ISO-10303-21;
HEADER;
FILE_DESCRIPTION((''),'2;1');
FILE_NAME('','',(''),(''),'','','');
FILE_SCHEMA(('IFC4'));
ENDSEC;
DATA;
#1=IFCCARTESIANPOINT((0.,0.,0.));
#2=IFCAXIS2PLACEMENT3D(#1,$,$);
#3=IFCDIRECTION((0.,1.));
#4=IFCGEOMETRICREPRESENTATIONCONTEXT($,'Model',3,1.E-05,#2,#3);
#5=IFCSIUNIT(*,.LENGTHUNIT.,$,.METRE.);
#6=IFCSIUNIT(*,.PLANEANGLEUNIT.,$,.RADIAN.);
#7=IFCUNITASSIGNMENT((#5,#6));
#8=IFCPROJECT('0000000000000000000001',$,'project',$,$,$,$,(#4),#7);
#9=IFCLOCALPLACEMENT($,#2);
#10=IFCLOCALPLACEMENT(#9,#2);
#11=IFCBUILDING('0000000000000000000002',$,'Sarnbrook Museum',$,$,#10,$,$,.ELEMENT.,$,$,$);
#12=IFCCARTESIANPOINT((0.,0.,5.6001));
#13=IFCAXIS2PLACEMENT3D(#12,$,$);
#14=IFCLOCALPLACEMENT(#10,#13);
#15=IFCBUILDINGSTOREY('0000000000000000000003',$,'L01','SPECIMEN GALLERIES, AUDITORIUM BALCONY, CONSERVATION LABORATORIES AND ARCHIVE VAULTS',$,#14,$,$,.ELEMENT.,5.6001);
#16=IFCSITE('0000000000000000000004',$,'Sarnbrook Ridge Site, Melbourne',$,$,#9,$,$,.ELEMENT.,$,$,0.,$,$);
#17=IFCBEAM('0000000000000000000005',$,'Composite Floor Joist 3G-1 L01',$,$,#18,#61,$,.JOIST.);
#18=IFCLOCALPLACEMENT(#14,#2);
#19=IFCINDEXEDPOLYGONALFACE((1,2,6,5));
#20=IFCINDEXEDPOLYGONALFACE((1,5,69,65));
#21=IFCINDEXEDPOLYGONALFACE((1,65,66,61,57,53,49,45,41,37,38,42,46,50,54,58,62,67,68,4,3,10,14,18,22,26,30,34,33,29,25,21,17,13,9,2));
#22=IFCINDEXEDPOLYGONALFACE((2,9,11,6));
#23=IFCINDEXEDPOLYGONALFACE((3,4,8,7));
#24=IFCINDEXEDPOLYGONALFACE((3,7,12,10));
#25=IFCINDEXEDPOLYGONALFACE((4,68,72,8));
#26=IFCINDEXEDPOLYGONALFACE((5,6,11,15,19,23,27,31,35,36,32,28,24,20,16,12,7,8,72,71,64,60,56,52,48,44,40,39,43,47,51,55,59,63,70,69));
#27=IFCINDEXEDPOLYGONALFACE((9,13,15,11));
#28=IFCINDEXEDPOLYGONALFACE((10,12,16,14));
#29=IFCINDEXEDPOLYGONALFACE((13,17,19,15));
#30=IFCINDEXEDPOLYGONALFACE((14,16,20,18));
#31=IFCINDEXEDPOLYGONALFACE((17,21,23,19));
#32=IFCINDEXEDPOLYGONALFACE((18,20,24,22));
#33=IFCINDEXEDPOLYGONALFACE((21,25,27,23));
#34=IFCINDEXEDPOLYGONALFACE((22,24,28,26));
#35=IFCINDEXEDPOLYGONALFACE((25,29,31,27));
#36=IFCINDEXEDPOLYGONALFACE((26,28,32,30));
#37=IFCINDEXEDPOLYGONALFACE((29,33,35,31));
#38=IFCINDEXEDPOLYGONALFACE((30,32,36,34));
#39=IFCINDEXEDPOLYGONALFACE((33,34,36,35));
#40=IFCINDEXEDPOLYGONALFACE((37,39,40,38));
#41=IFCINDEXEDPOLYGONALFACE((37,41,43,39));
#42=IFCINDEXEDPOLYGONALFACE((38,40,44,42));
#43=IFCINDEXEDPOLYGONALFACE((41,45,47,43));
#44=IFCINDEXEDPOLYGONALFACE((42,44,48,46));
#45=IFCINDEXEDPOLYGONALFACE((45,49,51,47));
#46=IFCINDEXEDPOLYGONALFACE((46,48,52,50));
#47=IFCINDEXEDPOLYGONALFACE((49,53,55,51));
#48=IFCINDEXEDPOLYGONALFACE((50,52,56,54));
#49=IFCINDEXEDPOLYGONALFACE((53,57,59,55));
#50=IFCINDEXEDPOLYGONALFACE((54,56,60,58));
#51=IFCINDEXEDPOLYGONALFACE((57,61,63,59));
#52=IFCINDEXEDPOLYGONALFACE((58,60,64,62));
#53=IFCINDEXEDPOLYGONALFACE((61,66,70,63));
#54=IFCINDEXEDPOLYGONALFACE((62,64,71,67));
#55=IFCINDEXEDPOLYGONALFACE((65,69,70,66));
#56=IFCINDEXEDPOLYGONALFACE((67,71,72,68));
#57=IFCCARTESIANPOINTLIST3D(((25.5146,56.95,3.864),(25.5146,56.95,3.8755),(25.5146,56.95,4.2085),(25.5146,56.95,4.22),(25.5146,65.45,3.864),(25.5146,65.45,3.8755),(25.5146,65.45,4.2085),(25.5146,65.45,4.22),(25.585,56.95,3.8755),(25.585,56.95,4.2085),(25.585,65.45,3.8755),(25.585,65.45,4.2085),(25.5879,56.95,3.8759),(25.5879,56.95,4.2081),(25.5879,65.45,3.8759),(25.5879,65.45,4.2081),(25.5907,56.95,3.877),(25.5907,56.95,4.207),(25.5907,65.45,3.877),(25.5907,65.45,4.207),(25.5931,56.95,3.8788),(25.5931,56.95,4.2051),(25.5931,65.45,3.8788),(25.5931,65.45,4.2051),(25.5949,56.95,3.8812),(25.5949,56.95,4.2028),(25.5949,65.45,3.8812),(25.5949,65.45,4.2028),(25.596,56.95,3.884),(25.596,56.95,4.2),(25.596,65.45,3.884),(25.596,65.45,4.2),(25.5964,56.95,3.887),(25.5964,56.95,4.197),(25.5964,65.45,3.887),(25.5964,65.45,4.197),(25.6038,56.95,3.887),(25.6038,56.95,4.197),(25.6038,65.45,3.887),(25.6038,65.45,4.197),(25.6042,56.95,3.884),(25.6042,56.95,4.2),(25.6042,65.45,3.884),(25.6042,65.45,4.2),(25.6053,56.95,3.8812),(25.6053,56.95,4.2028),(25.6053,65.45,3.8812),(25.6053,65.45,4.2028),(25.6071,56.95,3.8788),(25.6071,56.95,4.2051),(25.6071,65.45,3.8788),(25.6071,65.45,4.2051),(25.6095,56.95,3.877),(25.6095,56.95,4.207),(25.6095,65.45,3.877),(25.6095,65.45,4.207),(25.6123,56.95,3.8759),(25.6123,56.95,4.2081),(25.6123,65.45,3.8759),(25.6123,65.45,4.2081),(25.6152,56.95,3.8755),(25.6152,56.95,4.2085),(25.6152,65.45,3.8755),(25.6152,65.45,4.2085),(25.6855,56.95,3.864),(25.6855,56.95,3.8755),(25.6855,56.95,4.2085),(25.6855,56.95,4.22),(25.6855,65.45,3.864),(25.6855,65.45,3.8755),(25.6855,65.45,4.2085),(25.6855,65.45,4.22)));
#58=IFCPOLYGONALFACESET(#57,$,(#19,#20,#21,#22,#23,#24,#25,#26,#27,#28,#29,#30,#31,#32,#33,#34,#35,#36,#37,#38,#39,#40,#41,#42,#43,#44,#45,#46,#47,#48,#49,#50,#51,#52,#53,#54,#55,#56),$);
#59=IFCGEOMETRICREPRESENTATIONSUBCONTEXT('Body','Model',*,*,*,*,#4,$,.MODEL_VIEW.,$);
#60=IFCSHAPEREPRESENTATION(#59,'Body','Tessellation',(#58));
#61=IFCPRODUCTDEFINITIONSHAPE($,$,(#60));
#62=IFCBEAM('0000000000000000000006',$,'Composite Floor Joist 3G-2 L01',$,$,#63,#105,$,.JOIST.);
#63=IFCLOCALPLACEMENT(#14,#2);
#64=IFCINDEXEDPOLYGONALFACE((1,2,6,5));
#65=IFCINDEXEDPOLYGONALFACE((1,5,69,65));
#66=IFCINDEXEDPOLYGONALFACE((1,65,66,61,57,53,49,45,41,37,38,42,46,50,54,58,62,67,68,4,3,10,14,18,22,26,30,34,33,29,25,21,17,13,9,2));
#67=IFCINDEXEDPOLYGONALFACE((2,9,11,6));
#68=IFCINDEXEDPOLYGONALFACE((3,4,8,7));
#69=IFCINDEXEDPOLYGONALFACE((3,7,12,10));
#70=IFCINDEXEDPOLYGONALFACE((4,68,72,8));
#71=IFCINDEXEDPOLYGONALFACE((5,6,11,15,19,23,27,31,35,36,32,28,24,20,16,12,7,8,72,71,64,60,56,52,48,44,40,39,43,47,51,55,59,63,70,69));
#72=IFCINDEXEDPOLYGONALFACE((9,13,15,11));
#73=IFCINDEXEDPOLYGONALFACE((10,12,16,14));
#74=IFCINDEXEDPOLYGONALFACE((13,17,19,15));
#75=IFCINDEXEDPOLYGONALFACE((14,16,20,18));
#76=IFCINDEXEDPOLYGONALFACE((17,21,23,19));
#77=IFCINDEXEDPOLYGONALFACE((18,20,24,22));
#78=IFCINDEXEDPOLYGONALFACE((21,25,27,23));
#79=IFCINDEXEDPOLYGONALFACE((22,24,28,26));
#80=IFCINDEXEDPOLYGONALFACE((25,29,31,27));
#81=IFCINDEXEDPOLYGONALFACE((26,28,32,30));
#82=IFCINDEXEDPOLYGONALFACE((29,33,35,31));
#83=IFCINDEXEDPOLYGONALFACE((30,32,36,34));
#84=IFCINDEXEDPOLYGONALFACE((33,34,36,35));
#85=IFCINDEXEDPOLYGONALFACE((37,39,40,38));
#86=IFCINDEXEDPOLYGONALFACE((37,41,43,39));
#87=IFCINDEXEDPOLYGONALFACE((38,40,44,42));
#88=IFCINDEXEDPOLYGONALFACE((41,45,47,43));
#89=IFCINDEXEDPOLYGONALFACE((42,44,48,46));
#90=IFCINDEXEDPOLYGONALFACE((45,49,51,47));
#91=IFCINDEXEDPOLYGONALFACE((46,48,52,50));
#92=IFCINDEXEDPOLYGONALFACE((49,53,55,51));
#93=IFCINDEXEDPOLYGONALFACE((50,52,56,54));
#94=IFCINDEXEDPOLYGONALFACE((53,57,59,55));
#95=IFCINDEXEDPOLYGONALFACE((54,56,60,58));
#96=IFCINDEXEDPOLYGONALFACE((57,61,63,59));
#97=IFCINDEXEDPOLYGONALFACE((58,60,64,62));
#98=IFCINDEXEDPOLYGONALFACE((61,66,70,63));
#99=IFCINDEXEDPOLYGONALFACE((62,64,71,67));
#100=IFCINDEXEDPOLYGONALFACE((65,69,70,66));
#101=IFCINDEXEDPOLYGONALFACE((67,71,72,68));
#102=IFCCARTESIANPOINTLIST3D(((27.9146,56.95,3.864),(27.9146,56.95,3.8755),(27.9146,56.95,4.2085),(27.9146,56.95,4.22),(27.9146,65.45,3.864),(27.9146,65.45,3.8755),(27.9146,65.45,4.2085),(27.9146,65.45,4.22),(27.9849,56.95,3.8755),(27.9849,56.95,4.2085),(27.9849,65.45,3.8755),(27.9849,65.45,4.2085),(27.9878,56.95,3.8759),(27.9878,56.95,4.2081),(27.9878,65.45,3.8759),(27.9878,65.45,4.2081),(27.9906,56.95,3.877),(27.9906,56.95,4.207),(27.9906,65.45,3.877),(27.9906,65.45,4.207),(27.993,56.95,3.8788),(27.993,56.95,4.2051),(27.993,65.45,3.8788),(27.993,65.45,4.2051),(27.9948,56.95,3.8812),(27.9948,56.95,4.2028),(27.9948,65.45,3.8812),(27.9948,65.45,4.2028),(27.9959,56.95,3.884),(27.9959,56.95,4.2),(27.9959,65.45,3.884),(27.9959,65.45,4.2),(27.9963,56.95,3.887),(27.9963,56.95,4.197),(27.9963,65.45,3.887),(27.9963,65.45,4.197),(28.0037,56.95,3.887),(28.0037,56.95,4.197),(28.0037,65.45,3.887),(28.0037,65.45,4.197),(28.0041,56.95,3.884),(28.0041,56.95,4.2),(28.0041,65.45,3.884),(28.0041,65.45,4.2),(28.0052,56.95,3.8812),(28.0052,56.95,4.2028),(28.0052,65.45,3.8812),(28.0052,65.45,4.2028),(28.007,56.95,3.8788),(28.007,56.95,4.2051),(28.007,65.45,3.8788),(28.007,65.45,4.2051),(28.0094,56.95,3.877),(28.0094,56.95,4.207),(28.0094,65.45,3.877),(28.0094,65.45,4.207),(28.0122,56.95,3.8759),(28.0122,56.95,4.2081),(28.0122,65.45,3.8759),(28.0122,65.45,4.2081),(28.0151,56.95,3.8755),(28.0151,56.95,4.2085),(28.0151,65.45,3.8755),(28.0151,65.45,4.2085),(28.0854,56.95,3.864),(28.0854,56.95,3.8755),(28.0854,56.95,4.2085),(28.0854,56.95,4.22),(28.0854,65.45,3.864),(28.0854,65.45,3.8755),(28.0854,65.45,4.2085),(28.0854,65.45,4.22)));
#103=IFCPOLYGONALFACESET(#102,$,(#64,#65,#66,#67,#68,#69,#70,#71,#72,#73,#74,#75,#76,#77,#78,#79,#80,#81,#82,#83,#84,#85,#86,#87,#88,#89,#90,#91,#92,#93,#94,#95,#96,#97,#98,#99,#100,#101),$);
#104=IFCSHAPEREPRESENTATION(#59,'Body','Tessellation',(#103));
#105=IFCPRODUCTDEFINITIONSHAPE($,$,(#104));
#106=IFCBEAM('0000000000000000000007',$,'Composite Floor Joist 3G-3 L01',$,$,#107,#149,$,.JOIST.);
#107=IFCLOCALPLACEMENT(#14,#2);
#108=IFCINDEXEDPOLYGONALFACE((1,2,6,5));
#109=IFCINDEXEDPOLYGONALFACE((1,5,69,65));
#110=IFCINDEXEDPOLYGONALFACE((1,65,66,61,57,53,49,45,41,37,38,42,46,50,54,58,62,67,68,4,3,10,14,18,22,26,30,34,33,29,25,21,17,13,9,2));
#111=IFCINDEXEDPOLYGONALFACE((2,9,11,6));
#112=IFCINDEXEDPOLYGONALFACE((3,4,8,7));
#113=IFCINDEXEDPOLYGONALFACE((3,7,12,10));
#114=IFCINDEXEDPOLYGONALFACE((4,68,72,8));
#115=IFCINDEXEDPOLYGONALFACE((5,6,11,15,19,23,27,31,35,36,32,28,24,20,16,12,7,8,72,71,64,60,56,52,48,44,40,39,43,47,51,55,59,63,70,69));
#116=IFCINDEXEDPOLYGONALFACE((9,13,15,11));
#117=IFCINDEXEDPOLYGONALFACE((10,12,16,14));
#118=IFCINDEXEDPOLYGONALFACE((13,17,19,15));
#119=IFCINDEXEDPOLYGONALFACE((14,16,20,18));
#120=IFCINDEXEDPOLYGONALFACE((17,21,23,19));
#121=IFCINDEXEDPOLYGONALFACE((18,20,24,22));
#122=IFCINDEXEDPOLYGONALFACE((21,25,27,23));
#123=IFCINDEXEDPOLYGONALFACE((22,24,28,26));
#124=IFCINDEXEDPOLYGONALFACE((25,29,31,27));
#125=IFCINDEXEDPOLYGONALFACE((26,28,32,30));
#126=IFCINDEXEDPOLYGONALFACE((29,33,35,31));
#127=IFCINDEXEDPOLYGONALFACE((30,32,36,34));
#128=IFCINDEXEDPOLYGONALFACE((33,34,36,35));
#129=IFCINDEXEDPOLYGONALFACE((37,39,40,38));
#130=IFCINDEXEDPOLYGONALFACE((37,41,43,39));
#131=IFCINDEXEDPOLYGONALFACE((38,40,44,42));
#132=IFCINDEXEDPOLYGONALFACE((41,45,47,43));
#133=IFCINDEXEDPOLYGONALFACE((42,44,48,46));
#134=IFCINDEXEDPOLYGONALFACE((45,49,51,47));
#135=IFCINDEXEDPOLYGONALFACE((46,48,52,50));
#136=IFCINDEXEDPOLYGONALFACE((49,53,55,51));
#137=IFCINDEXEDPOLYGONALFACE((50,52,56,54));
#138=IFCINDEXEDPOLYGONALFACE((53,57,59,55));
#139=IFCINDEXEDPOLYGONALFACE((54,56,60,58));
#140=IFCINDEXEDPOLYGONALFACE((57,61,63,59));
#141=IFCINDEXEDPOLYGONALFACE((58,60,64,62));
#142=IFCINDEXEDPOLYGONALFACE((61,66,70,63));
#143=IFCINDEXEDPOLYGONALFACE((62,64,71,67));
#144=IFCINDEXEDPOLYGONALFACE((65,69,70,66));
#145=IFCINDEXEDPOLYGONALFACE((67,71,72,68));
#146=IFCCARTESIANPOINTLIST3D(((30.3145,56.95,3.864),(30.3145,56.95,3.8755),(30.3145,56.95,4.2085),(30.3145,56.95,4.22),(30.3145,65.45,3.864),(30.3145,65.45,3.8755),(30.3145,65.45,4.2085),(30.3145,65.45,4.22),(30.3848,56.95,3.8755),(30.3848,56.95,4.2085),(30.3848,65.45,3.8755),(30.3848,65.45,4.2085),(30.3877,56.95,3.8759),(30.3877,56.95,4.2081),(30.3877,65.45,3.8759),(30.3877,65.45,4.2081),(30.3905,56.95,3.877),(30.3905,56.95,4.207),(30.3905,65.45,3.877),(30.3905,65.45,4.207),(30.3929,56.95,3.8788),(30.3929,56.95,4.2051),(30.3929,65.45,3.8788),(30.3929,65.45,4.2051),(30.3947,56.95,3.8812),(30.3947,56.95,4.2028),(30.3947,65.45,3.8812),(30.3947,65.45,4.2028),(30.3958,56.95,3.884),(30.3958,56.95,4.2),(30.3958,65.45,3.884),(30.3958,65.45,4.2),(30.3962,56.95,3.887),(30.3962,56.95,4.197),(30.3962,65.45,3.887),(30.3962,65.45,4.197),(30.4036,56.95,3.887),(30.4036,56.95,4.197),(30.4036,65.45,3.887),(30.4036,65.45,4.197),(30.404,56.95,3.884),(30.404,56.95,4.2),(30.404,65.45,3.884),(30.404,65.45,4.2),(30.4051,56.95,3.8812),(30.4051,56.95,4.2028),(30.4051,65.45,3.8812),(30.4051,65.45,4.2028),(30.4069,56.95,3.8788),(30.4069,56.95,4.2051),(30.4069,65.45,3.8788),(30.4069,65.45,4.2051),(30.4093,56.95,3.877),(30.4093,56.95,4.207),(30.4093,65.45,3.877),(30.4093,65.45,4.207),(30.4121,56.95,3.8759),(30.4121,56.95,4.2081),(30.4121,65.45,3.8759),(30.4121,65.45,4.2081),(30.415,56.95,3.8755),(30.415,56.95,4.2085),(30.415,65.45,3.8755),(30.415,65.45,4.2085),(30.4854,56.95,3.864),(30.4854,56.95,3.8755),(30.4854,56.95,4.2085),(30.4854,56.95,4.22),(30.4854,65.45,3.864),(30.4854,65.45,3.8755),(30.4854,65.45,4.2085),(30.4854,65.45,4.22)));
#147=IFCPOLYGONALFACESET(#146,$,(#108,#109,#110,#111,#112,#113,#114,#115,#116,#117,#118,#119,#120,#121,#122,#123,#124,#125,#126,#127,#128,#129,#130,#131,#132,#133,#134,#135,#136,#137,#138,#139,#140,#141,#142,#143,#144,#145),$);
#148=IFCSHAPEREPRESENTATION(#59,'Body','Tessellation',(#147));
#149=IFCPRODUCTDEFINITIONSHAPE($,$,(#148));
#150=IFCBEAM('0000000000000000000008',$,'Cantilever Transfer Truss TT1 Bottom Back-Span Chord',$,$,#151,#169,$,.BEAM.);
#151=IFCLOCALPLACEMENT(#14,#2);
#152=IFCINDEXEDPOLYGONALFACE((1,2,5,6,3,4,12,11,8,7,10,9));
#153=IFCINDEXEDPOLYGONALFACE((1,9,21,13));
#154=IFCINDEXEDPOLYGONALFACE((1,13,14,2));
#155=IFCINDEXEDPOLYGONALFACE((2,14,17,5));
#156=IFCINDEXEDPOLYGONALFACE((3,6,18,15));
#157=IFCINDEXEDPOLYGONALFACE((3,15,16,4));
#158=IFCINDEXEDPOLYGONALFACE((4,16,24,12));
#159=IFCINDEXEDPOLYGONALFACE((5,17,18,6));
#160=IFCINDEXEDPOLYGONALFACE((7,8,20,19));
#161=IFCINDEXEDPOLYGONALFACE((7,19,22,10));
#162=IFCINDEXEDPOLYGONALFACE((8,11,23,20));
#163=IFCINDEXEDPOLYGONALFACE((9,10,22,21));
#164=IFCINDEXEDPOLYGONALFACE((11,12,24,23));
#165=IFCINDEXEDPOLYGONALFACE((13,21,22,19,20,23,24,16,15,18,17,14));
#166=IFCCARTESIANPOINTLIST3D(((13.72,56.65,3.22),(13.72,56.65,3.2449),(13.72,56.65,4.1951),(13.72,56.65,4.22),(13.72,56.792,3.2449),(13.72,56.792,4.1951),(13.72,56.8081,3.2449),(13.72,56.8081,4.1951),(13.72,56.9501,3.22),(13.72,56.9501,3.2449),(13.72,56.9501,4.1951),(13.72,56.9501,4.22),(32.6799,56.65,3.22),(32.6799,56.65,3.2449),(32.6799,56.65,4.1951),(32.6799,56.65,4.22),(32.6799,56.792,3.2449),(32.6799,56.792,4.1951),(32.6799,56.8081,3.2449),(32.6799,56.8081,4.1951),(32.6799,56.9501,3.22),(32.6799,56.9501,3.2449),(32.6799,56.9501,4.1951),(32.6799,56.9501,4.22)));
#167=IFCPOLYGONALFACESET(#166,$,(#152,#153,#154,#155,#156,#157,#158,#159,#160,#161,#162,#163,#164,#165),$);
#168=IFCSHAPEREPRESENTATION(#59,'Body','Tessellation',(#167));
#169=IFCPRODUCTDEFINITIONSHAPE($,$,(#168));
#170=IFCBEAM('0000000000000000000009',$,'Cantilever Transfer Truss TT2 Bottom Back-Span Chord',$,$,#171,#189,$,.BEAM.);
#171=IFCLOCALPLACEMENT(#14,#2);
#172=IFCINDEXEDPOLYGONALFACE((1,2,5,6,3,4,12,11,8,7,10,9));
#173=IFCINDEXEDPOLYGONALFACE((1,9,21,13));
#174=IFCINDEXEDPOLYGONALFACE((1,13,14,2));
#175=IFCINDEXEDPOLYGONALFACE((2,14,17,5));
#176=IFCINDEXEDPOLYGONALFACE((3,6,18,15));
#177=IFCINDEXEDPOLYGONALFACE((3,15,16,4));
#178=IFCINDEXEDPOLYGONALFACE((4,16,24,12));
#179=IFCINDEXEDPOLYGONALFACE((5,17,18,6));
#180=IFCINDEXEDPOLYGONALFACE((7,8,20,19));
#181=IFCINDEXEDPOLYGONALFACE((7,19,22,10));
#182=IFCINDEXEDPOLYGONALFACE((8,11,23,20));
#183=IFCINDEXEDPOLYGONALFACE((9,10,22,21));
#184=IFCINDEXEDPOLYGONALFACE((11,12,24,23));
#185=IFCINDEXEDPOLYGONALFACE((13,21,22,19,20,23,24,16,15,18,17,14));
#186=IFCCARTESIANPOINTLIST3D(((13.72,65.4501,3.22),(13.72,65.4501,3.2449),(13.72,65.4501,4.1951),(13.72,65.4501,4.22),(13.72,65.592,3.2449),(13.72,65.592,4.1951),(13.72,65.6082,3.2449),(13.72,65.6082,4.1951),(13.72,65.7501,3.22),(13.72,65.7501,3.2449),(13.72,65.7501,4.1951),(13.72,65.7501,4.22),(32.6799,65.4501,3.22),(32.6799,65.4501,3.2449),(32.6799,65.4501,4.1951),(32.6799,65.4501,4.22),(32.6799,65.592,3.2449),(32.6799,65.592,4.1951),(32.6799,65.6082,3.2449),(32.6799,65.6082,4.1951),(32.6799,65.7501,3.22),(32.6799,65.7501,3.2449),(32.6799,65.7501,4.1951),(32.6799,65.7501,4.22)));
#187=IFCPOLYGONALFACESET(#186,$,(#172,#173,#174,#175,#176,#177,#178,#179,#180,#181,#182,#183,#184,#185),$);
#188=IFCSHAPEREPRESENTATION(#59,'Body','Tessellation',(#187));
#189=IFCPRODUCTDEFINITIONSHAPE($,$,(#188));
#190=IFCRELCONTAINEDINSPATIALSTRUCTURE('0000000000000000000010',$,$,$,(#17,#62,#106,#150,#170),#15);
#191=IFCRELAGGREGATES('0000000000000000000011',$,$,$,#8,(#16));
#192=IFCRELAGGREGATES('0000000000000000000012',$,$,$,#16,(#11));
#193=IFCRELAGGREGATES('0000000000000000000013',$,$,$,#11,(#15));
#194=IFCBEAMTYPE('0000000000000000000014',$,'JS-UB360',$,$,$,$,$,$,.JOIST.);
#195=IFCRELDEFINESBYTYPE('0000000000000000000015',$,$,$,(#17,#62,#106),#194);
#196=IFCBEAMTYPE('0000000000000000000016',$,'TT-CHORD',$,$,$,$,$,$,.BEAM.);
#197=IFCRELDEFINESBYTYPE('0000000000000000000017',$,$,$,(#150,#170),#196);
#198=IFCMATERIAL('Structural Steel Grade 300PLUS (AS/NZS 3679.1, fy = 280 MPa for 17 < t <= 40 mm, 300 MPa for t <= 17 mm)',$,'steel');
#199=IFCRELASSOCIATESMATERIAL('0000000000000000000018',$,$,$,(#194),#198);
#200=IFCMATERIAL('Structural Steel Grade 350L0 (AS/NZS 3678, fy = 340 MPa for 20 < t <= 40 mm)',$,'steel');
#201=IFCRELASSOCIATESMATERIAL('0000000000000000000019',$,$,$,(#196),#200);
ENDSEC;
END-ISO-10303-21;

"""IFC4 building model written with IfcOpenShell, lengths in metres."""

from ifc_helpers import new_model, si_unit, direction, frame, origin, origin_2d, place, context, subcontext, project, spatial, i_section, extrude, material, material_profile, profile_set, type_object, element, save


model = new_model("IFC4")

# Units and contexts
model_context = context("Model", 3, precision=1e-05, world=origin(), true_north=direction((0.0, 1.0)))
body_context = subcontext(model_context, "Body", "Model", "MODEL_VIEW")
ifc_project = project(units=[si_unit("LENGTHUNIT", "METRE"), si_unit("PLANEANGLEUNIT", "RADIAN")], contexts=[model_context])

# Site, building, storey
site_placement = place(None, origin())
site = spatial("IfcSite", under=ifc_project, at=site_placement, Name="Sarnbrook Ridge Site, Melbourne", CompositionType="ELEMENT", RefElevation=0.0)
building_placement = place(site_placement, origin())
building = spatial("IfcBuilding", under=site, at=building_placement, Name="Sarnbrook Museum", CompositionType="ELEMENT")
storey_placement = place(building_placement, frame((0.0, 0.0, 5.6001)))
storey = spatial("IfcBuildingStorey", under=building, at=storey_placement, Name="L01", Description="SPECIMEN GALLERIES, AUDITORIUM BALCONY, CONSERVATION LABORATORIES AND ARCHIVE VAULTS", CompositionType="ELEMENT", Elevation=5.6001)

# Shared definitions
ifc_material_1 = material(Name="Structural Steel Grade 300PLUS (AS/NZS 3679.1, fy = 280 MPa for 17 < t <= 40 mm, 300 MPa for t <= 17 mm)", Category="steel")

# Beams
ifc_material_profile_1 = material_profile(ifc_material_1, i_section(OverallWidth=0.1709, OverallDepth=0.356, WebThickness=0.0073, FlangeThickness=0.0115, FilletRadius=0.0115, at=origin_2d()), Name="360UB50.7")
ifc_profile_set_1 = profile_set([ifc_material_profile_1], Name="Structural Steel Grade 300PLUS (AS/NZS 3679.1, fy = 280 MPa for 17 < t <= 40 mm, 300 MPa for t <= 17 mm)")
beam_type_1 = type_object("IfcBeamType", Name="JS-UB360", PredefinedType="JOIST", material=ifc_profile_set_1)
for number, where, z_axis, x_axis, name in (
    (1, (25.6001, 56.95, 4.042), (0.0, 1.0, 0.0), (-1.0, 0.0, 0.0), "Composite Floor Joist 3G-1 L01"),
    (2, (28.0, 56.95, 4.042), (0.0, 1.0, 0.0), (-1.0, 0.0, 0.0), "Composite Floor Joist 3G-2 L01"),
    (3, (30.3999, 56.95, 4.042), (0.0, 1.0, 0.0), (-1.0, 0.0, 0.0), "Composite Floor Joist 3G-3 L01"),
):
    element("IfcBeam", number, at=place(storey_placement, frame(where, z_axis=z_axis, x_axis=x_axis)), inside=storey, type_object=beam_type_1, Name=name, PredefinedType="JOIST", context=body_context, shape_type="SweptSolid", body=[
        extrude(i_section(OverallWidth=0.1709, OverallDepth=0.356, WebThickness=0.0073, FlangeThickness=0.0115, FilletRadius=0.0115, at=origin_2d()), origin(), (0.0, 0.0, 1.0), 8.5),
    ])
ifc_material_2 = material(Name="Structural Steel Grade 350L0 (AS/NZS 3678, fy = 340 MPa for 20 < t <= 40 mm)", Category="steel")
ifc_material_profile_2 = material_profile(ifc_material_2, i_section(OverallWidth=0.3, OverallDepth=1.0, WebThickness=0.0161, FlangeThickness=0.0249, at=origin_2d()), Name="1000WB215")
ifc_profile_set_2 = profile_set([ifc_material_profile_2], Name="Structural Steel Grade 350L0 (AS/NZS 3678, fy = 340 MPa for 20 < t <= 40 mm)")
beam_type_2 = type_object("IfcBeamType", Name="TT-CHORD", PredefinedType="BEAM", material=ifc_profile_set_2)
for number, where, z_axis, x_axis, name in (
    (4, (32.6799, 56.8, 3.72), (-1.0, 0.0, 0.0), (0.0, -1.0, 0.0), "Cantilever Transfer Truss TT1 Bottom Back-Span Chord"),
    (5, (32.6799, 65.6001, 3.72), (-1.0, 0.0, 0.0), (0.0, -1.0, 0.0), "Cantilever Transfer Truss TT2 Bottom Back-Span Chord"),
):
    element("IfcBeam", number, at=place(storey_placement, frame(where, z_axis=z_axis, x_axis=x_axis)), inside=storey, type_object=beam_type_2, Name=name, PredefinedType="BEAM", context=body_context, shape_type="SweptSolid", body=[
        extrude(i_section(OverallWidth=0.3, OverallDepth=1.0, WebThickness=0.0161, FlangeThickness=0.0249, at=origin_2d()), origin(), (0.0, 0.0, 1.0), 18.96),
    ])

save(model, "model.ifc")
